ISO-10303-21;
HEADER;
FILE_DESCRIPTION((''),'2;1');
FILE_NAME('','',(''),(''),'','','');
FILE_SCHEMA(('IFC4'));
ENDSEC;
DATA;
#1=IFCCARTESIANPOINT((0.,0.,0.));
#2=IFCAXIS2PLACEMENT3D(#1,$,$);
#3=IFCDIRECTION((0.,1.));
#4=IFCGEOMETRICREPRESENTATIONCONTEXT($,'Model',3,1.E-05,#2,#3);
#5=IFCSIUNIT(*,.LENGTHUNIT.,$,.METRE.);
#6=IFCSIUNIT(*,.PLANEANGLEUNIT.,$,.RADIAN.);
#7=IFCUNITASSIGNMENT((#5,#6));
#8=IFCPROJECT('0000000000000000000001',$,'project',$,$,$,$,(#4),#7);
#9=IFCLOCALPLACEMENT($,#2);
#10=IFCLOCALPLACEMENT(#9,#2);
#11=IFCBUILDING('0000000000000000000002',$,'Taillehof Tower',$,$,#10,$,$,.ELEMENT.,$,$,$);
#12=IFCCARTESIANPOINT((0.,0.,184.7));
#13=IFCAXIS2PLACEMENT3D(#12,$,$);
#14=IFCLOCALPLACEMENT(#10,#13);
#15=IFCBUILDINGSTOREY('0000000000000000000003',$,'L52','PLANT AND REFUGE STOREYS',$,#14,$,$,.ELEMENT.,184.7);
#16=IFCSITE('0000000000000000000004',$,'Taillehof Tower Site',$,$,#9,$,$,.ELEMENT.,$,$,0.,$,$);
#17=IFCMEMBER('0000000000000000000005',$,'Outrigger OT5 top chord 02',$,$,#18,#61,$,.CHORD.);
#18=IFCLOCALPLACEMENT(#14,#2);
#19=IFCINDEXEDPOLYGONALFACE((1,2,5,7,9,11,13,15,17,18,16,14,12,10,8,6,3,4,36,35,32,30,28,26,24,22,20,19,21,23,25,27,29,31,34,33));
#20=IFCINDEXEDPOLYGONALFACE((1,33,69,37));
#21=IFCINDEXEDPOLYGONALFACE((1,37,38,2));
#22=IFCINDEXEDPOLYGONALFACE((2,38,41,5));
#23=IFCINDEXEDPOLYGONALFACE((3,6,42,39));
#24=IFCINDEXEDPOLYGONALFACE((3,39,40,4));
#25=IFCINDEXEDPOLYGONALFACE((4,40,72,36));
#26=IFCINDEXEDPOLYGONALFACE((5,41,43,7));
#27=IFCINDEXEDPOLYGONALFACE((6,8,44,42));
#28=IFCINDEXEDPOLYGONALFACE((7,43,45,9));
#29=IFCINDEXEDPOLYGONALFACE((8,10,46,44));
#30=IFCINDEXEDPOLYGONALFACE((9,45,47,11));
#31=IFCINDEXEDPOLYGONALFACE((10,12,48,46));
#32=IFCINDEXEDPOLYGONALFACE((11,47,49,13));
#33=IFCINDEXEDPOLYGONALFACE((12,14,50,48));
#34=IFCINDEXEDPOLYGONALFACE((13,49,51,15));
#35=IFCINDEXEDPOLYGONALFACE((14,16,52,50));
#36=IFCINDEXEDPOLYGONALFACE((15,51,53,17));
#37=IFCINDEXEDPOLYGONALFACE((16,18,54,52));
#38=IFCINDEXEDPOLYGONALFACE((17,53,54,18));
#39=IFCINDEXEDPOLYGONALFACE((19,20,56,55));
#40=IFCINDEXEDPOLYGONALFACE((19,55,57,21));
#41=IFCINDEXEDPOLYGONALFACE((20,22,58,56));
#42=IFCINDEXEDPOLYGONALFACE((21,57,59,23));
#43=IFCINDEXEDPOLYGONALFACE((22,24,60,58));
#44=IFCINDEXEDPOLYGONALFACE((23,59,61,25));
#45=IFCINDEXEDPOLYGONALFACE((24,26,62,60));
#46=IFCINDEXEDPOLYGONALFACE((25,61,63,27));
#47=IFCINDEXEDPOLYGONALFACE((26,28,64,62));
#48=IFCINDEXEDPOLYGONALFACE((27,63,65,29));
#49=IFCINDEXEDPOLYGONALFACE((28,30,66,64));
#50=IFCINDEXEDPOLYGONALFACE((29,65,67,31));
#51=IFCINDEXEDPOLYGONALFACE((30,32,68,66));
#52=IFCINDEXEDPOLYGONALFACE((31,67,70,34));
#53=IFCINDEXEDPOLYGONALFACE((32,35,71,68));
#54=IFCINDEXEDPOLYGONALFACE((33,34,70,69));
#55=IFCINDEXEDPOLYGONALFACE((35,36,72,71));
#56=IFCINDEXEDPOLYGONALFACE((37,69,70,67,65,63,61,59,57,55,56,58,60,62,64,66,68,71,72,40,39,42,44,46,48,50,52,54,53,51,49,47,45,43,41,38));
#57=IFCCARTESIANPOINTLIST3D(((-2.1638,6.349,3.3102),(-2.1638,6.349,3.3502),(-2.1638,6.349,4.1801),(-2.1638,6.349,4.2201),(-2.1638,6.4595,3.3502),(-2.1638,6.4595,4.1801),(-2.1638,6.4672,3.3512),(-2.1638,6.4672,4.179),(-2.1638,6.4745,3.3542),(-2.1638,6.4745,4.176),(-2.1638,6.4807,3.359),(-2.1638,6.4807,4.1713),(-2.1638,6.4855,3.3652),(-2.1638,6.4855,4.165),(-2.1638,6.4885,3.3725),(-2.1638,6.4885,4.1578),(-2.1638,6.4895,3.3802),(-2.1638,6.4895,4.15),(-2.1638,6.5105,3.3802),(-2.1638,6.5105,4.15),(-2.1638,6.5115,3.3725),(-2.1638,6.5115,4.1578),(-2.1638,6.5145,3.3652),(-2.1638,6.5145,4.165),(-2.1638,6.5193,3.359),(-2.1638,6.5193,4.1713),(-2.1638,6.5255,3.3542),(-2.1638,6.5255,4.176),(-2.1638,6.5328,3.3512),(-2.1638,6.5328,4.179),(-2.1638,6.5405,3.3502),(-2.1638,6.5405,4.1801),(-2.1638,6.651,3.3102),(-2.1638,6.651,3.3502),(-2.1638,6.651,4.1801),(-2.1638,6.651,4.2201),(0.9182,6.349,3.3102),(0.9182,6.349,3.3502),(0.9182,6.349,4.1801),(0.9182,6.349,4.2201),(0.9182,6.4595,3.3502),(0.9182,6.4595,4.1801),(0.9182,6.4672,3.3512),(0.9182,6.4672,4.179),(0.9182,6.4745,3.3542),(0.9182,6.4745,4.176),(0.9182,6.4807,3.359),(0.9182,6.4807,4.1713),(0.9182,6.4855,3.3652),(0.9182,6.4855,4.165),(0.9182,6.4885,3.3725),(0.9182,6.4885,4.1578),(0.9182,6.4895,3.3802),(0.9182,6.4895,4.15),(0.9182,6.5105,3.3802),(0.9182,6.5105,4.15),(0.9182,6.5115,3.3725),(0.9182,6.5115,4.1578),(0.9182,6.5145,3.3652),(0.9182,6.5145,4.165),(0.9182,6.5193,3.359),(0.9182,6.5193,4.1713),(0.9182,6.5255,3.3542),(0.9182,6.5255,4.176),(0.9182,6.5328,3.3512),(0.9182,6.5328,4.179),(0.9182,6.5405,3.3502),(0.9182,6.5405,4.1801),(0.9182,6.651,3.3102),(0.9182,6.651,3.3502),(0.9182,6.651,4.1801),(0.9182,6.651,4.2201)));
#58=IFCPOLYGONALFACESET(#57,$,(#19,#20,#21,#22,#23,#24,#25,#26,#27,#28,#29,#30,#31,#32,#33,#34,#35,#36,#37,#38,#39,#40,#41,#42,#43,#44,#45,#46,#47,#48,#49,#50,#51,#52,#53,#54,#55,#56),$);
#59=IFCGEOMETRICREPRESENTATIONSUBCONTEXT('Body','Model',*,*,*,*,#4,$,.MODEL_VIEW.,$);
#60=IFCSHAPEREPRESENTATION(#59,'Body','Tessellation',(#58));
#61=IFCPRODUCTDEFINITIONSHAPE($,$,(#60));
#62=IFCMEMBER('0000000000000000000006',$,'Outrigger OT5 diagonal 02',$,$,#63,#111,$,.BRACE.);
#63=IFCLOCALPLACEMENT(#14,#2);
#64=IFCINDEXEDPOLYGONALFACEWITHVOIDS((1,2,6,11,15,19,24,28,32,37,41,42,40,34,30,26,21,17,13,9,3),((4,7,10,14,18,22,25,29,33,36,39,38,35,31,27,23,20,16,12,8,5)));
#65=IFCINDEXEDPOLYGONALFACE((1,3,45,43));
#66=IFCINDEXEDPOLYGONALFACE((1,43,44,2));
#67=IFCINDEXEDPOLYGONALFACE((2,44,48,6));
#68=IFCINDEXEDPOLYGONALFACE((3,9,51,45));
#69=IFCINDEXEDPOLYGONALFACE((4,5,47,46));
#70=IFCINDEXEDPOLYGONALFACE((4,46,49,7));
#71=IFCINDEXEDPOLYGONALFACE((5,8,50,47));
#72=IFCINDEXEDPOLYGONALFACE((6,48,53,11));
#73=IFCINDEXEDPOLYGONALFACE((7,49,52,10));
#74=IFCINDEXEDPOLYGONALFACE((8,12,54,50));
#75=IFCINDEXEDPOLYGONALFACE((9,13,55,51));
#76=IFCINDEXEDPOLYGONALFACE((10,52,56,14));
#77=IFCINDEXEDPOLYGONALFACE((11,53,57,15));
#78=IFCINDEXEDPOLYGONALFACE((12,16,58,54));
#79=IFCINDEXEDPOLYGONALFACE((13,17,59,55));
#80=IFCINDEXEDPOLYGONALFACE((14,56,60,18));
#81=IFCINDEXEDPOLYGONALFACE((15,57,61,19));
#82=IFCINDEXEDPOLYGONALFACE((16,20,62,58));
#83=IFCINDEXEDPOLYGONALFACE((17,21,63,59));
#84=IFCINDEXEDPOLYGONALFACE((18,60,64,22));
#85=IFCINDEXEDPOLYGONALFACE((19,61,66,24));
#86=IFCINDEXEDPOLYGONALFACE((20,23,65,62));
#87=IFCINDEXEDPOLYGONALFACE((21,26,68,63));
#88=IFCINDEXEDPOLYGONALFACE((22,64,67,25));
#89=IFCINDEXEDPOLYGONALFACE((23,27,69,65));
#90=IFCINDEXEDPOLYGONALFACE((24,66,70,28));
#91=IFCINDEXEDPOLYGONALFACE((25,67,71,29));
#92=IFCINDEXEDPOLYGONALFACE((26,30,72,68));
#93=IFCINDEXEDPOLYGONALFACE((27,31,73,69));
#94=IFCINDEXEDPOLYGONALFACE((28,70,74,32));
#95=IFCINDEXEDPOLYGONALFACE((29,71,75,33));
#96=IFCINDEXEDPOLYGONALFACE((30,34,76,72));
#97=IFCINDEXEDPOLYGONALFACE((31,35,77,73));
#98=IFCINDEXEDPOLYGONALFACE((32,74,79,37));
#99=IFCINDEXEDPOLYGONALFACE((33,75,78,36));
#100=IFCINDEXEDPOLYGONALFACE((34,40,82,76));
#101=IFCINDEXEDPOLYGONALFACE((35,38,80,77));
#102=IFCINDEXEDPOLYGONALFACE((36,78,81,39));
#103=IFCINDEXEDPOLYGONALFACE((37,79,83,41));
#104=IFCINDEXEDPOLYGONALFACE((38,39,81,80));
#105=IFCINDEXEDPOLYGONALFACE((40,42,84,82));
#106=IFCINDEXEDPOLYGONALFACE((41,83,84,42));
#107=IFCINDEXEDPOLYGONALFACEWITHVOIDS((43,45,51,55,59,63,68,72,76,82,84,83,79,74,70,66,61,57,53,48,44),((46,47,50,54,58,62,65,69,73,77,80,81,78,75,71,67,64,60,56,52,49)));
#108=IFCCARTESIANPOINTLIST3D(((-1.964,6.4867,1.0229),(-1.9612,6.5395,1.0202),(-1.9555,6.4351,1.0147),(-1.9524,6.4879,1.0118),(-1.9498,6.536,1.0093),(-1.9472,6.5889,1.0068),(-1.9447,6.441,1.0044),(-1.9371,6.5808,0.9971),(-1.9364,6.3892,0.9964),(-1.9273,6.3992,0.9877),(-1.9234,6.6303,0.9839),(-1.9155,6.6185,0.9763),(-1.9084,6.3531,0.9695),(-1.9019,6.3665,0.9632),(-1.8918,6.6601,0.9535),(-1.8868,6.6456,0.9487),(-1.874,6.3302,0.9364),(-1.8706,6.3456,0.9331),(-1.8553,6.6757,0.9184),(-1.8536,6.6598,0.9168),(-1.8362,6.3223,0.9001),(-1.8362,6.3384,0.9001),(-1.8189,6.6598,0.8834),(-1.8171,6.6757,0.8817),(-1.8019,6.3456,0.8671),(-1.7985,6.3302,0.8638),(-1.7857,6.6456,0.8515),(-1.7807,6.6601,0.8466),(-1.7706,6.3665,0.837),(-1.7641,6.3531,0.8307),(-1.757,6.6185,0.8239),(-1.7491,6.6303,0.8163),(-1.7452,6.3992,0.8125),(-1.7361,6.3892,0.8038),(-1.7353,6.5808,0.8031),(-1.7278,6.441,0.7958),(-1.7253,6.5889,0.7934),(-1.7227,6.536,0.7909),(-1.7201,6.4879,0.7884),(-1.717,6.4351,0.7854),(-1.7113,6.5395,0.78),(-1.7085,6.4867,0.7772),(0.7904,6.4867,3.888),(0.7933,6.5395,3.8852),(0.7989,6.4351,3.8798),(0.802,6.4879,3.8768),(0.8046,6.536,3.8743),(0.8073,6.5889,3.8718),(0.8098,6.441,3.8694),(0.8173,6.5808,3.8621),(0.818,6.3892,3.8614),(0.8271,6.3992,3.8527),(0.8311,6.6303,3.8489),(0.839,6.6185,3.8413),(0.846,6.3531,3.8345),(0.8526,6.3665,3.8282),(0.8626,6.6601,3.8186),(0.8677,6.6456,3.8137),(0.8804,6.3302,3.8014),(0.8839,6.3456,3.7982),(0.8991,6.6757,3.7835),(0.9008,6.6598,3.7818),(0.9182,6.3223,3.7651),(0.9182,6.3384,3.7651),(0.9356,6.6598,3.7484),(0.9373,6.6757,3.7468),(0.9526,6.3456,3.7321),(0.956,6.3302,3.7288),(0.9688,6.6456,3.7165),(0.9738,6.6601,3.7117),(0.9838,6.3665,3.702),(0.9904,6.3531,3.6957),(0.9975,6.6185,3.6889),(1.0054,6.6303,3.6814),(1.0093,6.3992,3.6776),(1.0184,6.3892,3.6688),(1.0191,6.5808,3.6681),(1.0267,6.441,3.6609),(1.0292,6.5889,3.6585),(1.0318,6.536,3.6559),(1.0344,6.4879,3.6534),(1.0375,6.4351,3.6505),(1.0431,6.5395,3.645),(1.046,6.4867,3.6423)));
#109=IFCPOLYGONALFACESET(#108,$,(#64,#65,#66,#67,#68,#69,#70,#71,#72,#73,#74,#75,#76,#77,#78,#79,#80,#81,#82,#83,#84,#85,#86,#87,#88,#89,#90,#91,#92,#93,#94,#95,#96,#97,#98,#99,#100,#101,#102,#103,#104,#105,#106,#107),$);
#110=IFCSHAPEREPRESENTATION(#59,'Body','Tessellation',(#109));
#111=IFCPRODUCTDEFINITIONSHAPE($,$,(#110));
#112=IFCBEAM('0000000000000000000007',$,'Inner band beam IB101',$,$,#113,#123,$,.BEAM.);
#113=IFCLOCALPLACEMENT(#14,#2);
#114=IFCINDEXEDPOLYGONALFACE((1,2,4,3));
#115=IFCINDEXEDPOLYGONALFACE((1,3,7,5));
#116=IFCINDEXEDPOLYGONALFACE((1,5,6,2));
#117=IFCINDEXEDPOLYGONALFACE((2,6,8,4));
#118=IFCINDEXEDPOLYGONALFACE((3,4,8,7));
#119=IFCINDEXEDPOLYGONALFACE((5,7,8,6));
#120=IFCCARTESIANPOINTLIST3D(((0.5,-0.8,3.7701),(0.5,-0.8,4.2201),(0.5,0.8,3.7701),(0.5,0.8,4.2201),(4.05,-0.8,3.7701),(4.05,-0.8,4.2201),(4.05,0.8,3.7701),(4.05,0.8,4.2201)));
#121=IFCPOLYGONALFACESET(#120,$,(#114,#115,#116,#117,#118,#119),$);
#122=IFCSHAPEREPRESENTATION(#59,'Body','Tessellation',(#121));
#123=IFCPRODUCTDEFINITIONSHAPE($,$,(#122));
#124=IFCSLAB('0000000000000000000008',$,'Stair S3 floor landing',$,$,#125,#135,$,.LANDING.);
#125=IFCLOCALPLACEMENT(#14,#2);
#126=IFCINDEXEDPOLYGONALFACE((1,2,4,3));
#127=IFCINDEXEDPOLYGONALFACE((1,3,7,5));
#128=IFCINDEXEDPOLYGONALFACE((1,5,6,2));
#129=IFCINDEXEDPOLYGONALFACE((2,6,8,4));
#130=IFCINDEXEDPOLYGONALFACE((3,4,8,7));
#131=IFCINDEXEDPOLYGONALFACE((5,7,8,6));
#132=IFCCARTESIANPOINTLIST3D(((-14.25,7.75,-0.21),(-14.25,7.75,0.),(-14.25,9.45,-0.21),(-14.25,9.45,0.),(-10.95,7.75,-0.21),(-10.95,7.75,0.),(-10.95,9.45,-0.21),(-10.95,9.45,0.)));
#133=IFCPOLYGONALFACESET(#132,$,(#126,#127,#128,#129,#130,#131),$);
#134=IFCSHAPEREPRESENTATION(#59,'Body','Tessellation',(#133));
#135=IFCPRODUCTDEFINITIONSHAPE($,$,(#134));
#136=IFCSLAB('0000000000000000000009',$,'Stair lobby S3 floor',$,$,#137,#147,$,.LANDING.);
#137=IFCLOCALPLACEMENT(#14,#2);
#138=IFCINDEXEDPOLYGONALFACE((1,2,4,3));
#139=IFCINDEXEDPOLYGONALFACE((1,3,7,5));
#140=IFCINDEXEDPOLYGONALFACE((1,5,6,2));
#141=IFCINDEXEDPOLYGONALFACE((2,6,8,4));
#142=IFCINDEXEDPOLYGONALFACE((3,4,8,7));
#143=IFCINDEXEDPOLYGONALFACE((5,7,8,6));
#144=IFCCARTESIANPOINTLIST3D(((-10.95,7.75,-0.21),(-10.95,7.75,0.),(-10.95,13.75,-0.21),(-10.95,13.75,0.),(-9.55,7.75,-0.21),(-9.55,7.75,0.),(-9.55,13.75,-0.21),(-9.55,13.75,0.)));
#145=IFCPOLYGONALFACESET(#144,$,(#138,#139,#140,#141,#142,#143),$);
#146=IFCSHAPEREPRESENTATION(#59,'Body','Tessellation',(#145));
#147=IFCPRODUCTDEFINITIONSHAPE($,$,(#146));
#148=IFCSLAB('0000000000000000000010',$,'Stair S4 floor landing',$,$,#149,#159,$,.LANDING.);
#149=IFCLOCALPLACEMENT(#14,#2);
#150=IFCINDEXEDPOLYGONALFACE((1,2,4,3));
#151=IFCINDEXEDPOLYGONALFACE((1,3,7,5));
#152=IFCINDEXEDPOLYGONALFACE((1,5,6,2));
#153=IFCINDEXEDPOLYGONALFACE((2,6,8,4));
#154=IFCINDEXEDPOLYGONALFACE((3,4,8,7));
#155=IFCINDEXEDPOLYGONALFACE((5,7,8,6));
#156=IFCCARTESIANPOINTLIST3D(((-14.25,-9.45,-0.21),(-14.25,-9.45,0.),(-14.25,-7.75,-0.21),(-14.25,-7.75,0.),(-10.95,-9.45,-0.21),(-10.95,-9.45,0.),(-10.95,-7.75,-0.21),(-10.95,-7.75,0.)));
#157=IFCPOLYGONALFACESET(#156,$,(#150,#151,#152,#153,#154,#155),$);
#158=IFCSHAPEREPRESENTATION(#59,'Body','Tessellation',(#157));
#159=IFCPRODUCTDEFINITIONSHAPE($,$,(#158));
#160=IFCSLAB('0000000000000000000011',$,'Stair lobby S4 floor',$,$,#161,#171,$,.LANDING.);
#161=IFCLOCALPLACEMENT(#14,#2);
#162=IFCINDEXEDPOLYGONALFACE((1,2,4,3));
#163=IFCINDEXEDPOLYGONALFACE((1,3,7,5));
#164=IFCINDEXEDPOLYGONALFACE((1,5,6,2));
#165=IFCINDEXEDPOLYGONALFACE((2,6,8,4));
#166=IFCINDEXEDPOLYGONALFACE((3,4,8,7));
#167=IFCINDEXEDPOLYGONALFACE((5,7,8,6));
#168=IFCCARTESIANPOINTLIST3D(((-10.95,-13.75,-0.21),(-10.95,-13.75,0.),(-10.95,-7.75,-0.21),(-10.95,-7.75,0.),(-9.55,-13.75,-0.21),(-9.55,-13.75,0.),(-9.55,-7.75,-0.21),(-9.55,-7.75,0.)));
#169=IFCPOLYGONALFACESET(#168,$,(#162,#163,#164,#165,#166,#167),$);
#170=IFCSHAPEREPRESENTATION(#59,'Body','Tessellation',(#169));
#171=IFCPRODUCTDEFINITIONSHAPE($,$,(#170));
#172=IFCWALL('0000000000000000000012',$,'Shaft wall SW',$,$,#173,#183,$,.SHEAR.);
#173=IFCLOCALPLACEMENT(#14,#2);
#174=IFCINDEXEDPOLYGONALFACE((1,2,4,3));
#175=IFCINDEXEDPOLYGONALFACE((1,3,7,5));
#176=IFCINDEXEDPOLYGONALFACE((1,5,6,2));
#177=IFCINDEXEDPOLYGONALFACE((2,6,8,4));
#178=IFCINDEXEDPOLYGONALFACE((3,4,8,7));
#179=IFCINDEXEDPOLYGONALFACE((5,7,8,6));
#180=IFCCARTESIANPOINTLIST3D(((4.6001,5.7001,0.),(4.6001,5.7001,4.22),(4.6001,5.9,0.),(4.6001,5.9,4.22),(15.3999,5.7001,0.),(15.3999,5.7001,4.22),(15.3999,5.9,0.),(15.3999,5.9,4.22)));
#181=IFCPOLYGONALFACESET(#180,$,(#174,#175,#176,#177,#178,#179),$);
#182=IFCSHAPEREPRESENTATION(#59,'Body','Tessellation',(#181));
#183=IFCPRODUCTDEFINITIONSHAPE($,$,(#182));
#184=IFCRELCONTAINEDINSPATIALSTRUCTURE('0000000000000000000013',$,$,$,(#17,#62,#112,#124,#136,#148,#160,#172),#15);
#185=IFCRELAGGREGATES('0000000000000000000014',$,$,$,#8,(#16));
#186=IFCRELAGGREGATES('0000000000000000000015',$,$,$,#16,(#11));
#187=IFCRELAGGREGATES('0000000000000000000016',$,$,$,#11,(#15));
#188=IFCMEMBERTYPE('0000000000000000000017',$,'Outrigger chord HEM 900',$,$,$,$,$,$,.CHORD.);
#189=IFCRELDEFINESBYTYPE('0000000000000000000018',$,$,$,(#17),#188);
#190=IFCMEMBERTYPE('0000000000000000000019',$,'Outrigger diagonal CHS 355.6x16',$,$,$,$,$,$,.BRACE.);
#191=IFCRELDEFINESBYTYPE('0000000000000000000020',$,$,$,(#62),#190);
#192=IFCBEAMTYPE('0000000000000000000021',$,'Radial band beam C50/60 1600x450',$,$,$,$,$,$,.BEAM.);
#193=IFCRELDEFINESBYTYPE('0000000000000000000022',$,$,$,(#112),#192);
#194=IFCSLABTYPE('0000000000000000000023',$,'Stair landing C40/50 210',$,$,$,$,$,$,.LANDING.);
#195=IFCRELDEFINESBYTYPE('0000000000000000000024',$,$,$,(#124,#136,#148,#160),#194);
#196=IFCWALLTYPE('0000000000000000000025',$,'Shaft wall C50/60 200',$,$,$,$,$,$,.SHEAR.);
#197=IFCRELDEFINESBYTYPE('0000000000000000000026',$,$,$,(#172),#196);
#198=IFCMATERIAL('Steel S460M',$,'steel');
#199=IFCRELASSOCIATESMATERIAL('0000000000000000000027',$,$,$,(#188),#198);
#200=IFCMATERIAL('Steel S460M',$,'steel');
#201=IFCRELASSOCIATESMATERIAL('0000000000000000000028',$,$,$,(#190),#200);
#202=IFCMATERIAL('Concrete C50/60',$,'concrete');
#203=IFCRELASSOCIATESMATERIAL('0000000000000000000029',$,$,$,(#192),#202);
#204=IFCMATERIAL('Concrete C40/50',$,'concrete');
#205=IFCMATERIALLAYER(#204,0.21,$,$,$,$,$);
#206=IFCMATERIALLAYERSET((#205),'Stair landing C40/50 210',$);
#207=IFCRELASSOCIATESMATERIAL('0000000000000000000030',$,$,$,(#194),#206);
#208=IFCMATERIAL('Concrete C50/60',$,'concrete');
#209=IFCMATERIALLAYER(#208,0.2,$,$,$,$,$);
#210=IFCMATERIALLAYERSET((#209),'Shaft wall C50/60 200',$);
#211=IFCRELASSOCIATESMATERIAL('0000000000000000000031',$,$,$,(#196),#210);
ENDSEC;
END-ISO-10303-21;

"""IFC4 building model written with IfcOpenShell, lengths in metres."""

from ifc_helpers import new_model, si_unit, direction, frame, frame_2d, origin, origin_2d, place, context, subcontext, project, spatial, polyline, rectangle, hollow_circle, i_section, outline, extrude, material, layer, layer_set, material_profile, profile_set, type_object, element, save


model = new_model("IFC4")

# Units and contexts
model_context = context("Model", 3, precision=1e-05, world=origin(), true_north=direction((0.0, 1.0)))
body_context = subcontext(model_context, "Body", "Model", "MODEL_VIEW")
ifc_project = project(units=[si_unit("LENGTHUNIT", "METRE"), si_unit("PLANEANGLEUNIT", "RADIAN")], contexts=[model_context])

# Site, building, storey
site_placement = place(None, origin())
site = spatial("IfcSite", under=ifc_project, at=site_placement, Name="Taillehof Tower Site", CompositionType="ELEMENT", RefElevation=0.0)
building_placement = place(site_placement, origin())
building = spatial("IfcBuilding", under=site, at=building_placement, Name="Taillehof Tower", CompositionType="ELEMENT")
storey_placement = place(building_placement, frame((0.0, 0.0, 184.7)))
storey = spatial("IfcBuildingStorey", under=building, at=storey_placement, Name="L52", Description="PLANT AND REFUGE STOREYS", CompositionType="ELEMENT", Elevation=184.7)

# Members
ifc_material_1 = material(Name="Steel S460M", Category="steel")
ifc_material_profile_1 = material_profile(ifc_material_1, i_section(OverallWidth=0.302, OverallDepth=0.9099, WebThickness=0.021, FlangeThickness=0.04, FilletRadius=0.03, at=origin_2d()), Name="HEM 900")
ifc_profile_set_1 = profile_set([ifc_material_profile_1], Name="Steel S460M")
member_type_1 = type_object("IfcMemberType", Name="Outrigger chord HEM 900", PredefinedType="CHORD", material=ifc_profile_set_1)
member_1_placement = place(storey_placement, frame((0.9182, 6.5, 3.7651), z_axis=(-1.0, 0.0, 0.0), x_axis=(0.0, -1.0, 0.0)))
element("IfcMember", 1, at=member_1_placement, inside=storey, type_object=member_type_1, Name="Outrigger OT5 top chord 02", PredefinedType="CHORD", context=body_context, shape_type="SweptSolid", body=[
    extrude(i_section(OverallWidth=0.302, OverallDepth=0.9099, WebThickness=0.021, FlangeThickness=0.04, FilletRadius=0.03, at=origin_2d()), origin(), (0.0, 0.0, 1.0), 3.082),
])
ifc_material_2 = material(Name="Steel S460M", Category="steel")
ifc_material_profile_2 = material_profile(ifc_material_2, hollow_circle(Radius=0.1777, WallThickness=0.0161, at=origin_2d()), Name="CHS 355.6x16")
ifc_profile_set_2 = profile_set([ifc_material_profile_2], Name="Steel S460M")
member_type_2 = type_object("IfcMemberType", Name="Outrigger diagonal CHS 355.6x16", PredefinedType="BRACE", material=ifc_profile_set_2)
member_2_placement = place(storey_placement, frame((0.9182, 6.5, 3.7651), z_axis=(-0.693056, 0.0, -0.720884), x_axis=(0.0, -1.0, 0.0)))
element("IfcMember", 2, at=member_2_placement, inside=storey, type_object=member_type_2, Name="Outrigger OT5 diagonal 02", PredefinedType="BRACE", context=body_context, shape_type="SweptSolid", body=[
    extrude(hollow_circle(Radius=0.1777, WallThickness=0.0161, at=origin_2d()), origin(), (0.0, 0.0, 1.0), 3.9744),
])

# Beam
ifc_material_3 = material(Name="Concrete C50/60", Category="concrete")
ifc_material_profile_3 = material_profile(ifc_material_3, rectangle(XDim=1.6001, YDim=0.45, at=origin_2d()), Name="RC 1600x450")
ifc_profile_set_3 = profile_set([ifc_material_profile_3], Name="Concrete C50/60")
beam_type = type_object("IfcBeamType", Name="Radial band beam C50/60 1600x450", PredefinedType="BEAM", material=ifc_profile_set_3)
beam_placement = place(storey_placement, frame((0.5, 0.0, 3.9951), z_axis=(1.0, 0.0, 0.0), x_axis=(0.0, 1.0, 0.0)))
element("IfcBeam", 3, at=beam_placement, inside=storey, type_object=beam_type, Name="Inner band beam IB101", PredefinedType="BEAM", context=body_context, shape_type="SweptSolid", body=[
    extrude(rectangle(XDim=1.6001, YDim=0.45, at=origin_2d()), origin(), (0.0, 0.0, 1.0), 3.55),
])

# Slabs
ifc_material_4 = material(Name="Concrete C40/50", Category="concrete")
ifc_layer_1 = layer(ifc_material_4, 0.21)
ifc_layer_set_1 = layer_set([ifc_layer_1], Name="Stair landing C40/50 210")
slab_type = type_object("IfcSlabType", Name="Stair landing C40/50 210", PredefinedType="LANDING", material=ifc_layer_set_1)
slab_1_placement = place(storey_placement, frame((0.0, 0.0, -0.21)))
element("IfcSlab", 4, at=slab_1_placement, inside=storey, type_object=slab_type, Name="Stair S3 floor landing", PredefinedType="LANDING", context=body_context, shape_type="SweptSolid", body=[
    extrude(outline(polyline([(-14.25, 7.75), (-14.25, 9.45), (-10.95, 9.45), (-10.95, 7.75), (-14.25, 7.75)])), origin(), (0.0, 0.0, 1.0), 0.21),
])
slab_2_placement = place(storey_placement, frame((0.0, 0.0, -0.21)))
element("IfcSlab", 5, at=slab_2_placement, inside=storey, type_object=slab_type, Name="Stair lobby S3 floor", PredefinedType="LANDING", context=body_context, shape_type="SweptSolid", body=[
    extrude(outline(polyline([(-10.95, 7.75), (-9.55, 7.75), (-9.55, 13.75), (-10.95, 13.75), (-10.95, 7.75)])), origin(), (0.0, 0.0, 1.0), 0.21),
])
slab_3_placement = place(storey_placement, frame((0.0, 0.0, -0.21)))
element("IfcSlab", 6, at=slab_3_placement, inside=storey, type_object=slab_type, Name="Stair S4 floor landing", PredefinedType="LANDING", context=body_context, shape_type="SweptSolid", body=[
    extrude(outline(polyline([(-14.25, -7.75), (-14.25, -9.45), (-10.95, -9.45), (-10.95, -7.75), (-14.25, -7.75)])), origin(), (0.0, 0.0, 1.0), 0.21),
])
slab_4_placement = place(storey_placement, frame((0.0, 0.0, -0.21)))
element("IfcSlab", 7, at=slab_4_placement, inside=storey, type_object=slab_type, Name="Stair lobby S4 floor", PredefinedType="LANDING", context=body_context, shape_type="SweptSolid", body=[
    extrude(outline(polyline([(-10.95, -13.75), (-9.55, -13.75), (-9.55, -7.75), (-10.95, -7.75), (-10.95, -13.75)])), origin(), (0.0, 0.0, 1.0), 0.21),
])

# Wall
ifc_material_5 = material(Name="Concrete C50/60", Category="concrete")
ifc_layer_2 = layer(ifc_material_5, 0.2)
ifc_layer_set_2 = layer_set([ifc_layer_2], Name="Shaft wall C50/60 200")
wall_type_1 = type_object("IfcWallType", Name="Shaft wall C50/60 200", PredefinedType="SHEAR", material=ifc_layer_set_2)
for number, where, z_axis, x_axis, name in (
    (8, (4.6001, 5.8, 0.0), (0.0, 0.0, 1.0), (1.0, 0.0, 0.0), "Shaft wall SW"),
):
    element("IfcWall", number, at=place(storey_placement, frame(where, z_axis=z_axis, x_axis=x_axis)), inside=storey, type_object=wall_type_1, Name=name, PredefinedType="SHEAR", context=body_context, shape_type="SweptSolid", body=[
        extrude(rectangle(XDim=10.7998, YDim=0.2, at=frame_2d((5.3999, 0.0))), origin(), (0.0, 0.0, 1.0), 4.22),
    ])

save(model, "model.ifc")
